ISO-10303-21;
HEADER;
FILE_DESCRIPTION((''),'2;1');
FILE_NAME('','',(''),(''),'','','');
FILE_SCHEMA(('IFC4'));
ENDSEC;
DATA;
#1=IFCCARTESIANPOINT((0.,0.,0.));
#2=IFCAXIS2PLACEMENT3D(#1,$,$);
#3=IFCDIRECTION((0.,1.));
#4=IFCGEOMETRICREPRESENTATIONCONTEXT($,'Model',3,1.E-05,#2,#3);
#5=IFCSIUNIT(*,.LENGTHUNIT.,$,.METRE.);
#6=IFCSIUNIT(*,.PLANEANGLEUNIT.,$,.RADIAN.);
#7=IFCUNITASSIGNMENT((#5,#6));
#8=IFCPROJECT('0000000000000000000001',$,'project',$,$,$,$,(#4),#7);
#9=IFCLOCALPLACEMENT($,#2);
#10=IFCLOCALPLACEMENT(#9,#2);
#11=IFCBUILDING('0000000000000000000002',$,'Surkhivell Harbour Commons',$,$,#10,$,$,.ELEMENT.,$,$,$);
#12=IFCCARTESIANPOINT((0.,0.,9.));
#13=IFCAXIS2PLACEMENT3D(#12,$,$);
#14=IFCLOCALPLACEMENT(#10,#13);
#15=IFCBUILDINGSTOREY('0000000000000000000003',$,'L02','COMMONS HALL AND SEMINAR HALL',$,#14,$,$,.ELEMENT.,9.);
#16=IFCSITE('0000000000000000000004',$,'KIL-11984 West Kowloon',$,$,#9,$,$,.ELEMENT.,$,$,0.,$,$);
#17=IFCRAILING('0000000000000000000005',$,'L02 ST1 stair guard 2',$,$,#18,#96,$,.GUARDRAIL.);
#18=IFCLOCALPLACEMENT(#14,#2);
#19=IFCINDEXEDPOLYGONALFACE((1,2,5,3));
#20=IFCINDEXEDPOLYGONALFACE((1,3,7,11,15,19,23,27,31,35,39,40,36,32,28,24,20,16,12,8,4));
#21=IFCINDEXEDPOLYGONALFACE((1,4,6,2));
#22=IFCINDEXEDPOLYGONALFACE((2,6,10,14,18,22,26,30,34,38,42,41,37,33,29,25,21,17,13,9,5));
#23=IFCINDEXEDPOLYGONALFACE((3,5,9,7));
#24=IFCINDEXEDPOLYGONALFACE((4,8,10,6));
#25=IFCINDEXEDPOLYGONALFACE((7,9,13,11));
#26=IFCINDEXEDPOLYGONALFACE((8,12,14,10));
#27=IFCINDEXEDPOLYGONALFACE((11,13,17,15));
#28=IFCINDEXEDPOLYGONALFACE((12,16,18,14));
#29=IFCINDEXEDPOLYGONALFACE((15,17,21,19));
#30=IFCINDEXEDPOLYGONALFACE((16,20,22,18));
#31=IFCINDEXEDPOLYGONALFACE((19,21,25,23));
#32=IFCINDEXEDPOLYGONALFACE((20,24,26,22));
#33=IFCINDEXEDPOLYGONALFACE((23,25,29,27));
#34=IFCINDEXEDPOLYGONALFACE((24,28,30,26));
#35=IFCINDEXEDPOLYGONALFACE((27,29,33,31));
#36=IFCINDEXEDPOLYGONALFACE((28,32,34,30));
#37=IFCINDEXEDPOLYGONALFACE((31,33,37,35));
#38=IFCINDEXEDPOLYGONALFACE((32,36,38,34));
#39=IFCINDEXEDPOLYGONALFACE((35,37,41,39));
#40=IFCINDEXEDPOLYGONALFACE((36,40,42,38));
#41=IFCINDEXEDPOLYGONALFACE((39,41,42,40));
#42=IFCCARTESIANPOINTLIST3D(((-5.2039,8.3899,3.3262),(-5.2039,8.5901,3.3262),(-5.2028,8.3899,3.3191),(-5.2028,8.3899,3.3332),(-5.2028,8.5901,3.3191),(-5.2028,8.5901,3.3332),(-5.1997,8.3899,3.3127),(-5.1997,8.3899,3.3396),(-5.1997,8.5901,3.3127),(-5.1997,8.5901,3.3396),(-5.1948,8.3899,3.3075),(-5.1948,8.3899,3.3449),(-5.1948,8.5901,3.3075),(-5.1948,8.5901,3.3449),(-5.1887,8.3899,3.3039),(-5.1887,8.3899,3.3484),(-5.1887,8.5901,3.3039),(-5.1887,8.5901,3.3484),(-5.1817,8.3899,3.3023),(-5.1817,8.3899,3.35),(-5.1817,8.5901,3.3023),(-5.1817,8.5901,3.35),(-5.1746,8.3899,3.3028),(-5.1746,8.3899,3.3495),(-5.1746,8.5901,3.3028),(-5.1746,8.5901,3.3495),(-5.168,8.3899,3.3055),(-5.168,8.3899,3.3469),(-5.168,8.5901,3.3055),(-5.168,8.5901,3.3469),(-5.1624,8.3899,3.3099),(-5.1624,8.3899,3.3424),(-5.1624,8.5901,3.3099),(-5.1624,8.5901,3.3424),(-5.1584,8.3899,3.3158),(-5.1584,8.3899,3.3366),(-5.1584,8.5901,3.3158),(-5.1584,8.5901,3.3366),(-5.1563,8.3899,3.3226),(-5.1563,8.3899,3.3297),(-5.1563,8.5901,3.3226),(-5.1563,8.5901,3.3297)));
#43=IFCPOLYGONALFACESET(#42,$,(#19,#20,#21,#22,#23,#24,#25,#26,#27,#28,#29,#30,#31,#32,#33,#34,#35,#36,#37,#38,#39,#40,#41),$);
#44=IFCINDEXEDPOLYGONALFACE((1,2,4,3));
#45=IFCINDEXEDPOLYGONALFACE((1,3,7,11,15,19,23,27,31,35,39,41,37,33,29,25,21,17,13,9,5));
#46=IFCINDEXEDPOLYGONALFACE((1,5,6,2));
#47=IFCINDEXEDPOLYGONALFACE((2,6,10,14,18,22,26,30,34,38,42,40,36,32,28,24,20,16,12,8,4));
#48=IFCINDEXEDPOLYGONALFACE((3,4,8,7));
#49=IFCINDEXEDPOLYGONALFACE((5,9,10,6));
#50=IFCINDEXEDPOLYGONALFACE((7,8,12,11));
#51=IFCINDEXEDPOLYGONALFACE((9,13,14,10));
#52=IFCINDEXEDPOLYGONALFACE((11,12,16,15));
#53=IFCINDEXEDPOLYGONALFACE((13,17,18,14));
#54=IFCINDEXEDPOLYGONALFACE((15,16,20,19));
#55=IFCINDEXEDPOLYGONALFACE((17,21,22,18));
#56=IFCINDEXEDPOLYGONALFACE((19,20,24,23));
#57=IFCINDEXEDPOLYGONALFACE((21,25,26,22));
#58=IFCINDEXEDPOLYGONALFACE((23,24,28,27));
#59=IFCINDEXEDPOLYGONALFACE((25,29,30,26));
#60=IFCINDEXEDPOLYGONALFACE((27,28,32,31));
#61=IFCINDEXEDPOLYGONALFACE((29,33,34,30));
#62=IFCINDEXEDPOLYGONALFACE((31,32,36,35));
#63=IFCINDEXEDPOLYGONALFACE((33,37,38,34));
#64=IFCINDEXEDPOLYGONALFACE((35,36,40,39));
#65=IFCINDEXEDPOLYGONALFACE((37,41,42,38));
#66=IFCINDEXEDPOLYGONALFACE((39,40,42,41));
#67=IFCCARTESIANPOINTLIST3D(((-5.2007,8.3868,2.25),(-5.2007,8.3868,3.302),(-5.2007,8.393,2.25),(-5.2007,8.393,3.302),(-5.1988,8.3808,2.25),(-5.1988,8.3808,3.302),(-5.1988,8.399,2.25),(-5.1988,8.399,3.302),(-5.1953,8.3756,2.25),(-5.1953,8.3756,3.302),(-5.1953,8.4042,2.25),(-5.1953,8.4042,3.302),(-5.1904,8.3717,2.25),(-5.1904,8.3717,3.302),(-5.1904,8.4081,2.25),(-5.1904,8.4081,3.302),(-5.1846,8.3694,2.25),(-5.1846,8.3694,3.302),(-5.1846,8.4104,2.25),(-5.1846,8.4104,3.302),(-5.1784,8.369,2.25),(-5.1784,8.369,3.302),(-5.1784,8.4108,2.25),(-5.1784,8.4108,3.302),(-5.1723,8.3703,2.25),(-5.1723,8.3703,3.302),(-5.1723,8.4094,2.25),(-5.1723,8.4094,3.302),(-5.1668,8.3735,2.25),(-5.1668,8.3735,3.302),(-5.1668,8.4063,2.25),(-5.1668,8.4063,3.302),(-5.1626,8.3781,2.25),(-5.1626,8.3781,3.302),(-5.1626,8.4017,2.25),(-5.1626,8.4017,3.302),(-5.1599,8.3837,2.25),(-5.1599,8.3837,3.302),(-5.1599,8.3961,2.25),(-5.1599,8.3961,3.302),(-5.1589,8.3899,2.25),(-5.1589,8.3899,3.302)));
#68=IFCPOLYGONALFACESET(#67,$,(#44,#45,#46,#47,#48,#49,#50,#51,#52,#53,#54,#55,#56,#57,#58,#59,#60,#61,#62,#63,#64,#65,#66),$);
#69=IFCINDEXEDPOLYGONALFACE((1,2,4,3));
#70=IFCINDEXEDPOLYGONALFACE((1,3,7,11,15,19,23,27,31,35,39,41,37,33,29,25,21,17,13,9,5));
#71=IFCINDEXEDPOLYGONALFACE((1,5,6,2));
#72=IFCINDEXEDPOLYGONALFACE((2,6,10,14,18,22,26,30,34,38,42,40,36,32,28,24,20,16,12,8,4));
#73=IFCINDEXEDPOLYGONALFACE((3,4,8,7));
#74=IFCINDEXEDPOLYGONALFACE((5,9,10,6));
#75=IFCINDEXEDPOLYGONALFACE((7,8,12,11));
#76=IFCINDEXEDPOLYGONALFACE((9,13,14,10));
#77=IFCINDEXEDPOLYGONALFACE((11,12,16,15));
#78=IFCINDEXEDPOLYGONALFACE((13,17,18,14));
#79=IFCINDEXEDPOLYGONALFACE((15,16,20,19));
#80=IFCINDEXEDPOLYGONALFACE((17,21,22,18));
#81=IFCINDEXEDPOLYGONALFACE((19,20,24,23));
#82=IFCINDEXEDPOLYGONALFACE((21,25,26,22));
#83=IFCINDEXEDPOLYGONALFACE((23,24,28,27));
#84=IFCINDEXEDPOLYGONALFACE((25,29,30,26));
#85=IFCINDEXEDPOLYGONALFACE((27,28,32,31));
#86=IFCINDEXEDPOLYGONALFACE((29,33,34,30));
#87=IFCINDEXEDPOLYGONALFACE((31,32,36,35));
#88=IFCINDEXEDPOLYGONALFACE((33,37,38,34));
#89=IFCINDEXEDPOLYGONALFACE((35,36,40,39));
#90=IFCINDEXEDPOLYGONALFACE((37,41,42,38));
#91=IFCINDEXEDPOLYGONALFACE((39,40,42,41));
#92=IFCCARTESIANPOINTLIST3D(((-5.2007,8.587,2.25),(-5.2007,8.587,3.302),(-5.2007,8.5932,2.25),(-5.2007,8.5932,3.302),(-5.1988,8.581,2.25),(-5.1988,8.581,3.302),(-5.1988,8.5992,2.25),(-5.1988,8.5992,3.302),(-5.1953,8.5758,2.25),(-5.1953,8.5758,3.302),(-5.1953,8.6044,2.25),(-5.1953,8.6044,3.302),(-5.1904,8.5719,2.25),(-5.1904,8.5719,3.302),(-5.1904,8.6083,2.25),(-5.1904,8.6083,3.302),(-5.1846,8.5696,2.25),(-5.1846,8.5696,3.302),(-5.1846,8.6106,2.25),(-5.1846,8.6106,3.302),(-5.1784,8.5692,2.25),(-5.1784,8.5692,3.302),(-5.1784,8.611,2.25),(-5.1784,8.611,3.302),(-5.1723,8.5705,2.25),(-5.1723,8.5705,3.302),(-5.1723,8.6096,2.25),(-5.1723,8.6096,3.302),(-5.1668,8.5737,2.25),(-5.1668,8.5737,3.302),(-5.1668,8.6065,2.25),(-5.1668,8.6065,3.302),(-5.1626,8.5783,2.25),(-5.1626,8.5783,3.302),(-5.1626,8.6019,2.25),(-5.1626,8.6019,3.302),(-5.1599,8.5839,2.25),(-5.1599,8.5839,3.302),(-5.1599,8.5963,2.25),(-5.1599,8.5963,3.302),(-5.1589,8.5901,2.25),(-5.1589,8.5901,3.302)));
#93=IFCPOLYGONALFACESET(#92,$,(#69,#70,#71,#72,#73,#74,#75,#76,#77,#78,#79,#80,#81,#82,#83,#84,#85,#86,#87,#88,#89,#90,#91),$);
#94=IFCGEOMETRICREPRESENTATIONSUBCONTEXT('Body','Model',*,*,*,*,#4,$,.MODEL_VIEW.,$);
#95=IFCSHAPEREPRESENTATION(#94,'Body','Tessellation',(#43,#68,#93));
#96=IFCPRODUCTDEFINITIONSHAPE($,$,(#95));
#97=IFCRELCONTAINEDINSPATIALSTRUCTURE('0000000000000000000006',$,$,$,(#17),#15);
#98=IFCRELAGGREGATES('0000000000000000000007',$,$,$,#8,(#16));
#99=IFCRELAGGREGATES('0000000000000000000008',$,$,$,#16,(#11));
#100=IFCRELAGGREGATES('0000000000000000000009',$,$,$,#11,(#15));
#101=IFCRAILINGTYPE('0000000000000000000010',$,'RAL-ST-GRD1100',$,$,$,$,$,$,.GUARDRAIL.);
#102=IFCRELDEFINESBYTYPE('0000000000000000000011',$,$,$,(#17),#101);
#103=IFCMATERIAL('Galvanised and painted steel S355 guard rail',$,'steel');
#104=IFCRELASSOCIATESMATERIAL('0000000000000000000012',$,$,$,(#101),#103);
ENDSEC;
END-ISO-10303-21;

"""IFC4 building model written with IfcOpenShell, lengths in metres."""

from ifc_helpers import new_model, si_unit, direction, frame, origin, origin_2d, place, context, subcontext, project, spatial, circle, extrude, material, type_object, element, save


model = new_model("IFC4")

# Units and contexts
model_context = context("Model", 3, precision=1e-05, world=origin(), true_north=direction((0.0, 1.0)))
body_context = subcontext(model_context, "Body", "Model", "MODEL_VIEW")
ifc_project = project(units=[si_unit("LENGTHUNIT", "METRE"), si_unit("PLANEANGLEUNIT", "RADIAN")], contexts=[model_context])

# Site, building, storey
site_placement = place(None, origin())
site = spatial("IfcSite", under=ifc_project, at=site_placement, Name="KIL-11984 West Kowloon", CompositionType="ELEMENT", RefElevation=0.0)
building_placement = place(site_placement, origin())
building = spatial("IfcBuilding", under=site, at=building_placement, Name="Surkhivell Harbour Commons", CompositionType="ELEMENT")
storey_placement = place(building_placement, frame((0.0, 0.0, 9.0)))
storey = spatial("IfcBuildingStorey", under=building, at=storey_placement, Name="L02", Description="COMMONS HALL AND SEMINAR HALL", CompositionType="ELEMENT", Elevation=9.0)

# Railing
ifc_material_1 = material(Name="Galvanised and painted steel S355 guard rail", Category="steel")
railing_type_1 = type_object("IfcRailingType", Name="RAL-ST-GRD1100", PredefinedType="GUARDRAIL", material=ifc_material_1)
railing_1_placement = place(storey_placement, frame((-5.1799, 8.3899, 2.25)))
element("IfcRailing", 1, at=railing_1_placement, inside=storey, type_object=railing_type_1, Name="L02 ST1 stair guard 2", PredefinedType="GUARDRAIL", context=body_context, shape_type="SweptSolid", body=[
    extrude(circle(Radius=0.0239, at=origin_2d()), frame((0.0, 0.0, 1.0762), z_axis=(0.0, 1.0, 0.0), x_axis=(-1.0, 0.0, 0.0)), (0.0, 0.0, 1.0), 0.2002),
    extrude(circle(Radius=0.021, at=origin_2d()), origin(), (0.0, 0.0, 1.0), 1.052),
    extrude(circle(Radius=0.021, at=origin_2d()), frame((0.0, 0.2002, 0.0)), (0.0, 0.0, 1.0), 1.052),
])

save(model, "model.ifc")
